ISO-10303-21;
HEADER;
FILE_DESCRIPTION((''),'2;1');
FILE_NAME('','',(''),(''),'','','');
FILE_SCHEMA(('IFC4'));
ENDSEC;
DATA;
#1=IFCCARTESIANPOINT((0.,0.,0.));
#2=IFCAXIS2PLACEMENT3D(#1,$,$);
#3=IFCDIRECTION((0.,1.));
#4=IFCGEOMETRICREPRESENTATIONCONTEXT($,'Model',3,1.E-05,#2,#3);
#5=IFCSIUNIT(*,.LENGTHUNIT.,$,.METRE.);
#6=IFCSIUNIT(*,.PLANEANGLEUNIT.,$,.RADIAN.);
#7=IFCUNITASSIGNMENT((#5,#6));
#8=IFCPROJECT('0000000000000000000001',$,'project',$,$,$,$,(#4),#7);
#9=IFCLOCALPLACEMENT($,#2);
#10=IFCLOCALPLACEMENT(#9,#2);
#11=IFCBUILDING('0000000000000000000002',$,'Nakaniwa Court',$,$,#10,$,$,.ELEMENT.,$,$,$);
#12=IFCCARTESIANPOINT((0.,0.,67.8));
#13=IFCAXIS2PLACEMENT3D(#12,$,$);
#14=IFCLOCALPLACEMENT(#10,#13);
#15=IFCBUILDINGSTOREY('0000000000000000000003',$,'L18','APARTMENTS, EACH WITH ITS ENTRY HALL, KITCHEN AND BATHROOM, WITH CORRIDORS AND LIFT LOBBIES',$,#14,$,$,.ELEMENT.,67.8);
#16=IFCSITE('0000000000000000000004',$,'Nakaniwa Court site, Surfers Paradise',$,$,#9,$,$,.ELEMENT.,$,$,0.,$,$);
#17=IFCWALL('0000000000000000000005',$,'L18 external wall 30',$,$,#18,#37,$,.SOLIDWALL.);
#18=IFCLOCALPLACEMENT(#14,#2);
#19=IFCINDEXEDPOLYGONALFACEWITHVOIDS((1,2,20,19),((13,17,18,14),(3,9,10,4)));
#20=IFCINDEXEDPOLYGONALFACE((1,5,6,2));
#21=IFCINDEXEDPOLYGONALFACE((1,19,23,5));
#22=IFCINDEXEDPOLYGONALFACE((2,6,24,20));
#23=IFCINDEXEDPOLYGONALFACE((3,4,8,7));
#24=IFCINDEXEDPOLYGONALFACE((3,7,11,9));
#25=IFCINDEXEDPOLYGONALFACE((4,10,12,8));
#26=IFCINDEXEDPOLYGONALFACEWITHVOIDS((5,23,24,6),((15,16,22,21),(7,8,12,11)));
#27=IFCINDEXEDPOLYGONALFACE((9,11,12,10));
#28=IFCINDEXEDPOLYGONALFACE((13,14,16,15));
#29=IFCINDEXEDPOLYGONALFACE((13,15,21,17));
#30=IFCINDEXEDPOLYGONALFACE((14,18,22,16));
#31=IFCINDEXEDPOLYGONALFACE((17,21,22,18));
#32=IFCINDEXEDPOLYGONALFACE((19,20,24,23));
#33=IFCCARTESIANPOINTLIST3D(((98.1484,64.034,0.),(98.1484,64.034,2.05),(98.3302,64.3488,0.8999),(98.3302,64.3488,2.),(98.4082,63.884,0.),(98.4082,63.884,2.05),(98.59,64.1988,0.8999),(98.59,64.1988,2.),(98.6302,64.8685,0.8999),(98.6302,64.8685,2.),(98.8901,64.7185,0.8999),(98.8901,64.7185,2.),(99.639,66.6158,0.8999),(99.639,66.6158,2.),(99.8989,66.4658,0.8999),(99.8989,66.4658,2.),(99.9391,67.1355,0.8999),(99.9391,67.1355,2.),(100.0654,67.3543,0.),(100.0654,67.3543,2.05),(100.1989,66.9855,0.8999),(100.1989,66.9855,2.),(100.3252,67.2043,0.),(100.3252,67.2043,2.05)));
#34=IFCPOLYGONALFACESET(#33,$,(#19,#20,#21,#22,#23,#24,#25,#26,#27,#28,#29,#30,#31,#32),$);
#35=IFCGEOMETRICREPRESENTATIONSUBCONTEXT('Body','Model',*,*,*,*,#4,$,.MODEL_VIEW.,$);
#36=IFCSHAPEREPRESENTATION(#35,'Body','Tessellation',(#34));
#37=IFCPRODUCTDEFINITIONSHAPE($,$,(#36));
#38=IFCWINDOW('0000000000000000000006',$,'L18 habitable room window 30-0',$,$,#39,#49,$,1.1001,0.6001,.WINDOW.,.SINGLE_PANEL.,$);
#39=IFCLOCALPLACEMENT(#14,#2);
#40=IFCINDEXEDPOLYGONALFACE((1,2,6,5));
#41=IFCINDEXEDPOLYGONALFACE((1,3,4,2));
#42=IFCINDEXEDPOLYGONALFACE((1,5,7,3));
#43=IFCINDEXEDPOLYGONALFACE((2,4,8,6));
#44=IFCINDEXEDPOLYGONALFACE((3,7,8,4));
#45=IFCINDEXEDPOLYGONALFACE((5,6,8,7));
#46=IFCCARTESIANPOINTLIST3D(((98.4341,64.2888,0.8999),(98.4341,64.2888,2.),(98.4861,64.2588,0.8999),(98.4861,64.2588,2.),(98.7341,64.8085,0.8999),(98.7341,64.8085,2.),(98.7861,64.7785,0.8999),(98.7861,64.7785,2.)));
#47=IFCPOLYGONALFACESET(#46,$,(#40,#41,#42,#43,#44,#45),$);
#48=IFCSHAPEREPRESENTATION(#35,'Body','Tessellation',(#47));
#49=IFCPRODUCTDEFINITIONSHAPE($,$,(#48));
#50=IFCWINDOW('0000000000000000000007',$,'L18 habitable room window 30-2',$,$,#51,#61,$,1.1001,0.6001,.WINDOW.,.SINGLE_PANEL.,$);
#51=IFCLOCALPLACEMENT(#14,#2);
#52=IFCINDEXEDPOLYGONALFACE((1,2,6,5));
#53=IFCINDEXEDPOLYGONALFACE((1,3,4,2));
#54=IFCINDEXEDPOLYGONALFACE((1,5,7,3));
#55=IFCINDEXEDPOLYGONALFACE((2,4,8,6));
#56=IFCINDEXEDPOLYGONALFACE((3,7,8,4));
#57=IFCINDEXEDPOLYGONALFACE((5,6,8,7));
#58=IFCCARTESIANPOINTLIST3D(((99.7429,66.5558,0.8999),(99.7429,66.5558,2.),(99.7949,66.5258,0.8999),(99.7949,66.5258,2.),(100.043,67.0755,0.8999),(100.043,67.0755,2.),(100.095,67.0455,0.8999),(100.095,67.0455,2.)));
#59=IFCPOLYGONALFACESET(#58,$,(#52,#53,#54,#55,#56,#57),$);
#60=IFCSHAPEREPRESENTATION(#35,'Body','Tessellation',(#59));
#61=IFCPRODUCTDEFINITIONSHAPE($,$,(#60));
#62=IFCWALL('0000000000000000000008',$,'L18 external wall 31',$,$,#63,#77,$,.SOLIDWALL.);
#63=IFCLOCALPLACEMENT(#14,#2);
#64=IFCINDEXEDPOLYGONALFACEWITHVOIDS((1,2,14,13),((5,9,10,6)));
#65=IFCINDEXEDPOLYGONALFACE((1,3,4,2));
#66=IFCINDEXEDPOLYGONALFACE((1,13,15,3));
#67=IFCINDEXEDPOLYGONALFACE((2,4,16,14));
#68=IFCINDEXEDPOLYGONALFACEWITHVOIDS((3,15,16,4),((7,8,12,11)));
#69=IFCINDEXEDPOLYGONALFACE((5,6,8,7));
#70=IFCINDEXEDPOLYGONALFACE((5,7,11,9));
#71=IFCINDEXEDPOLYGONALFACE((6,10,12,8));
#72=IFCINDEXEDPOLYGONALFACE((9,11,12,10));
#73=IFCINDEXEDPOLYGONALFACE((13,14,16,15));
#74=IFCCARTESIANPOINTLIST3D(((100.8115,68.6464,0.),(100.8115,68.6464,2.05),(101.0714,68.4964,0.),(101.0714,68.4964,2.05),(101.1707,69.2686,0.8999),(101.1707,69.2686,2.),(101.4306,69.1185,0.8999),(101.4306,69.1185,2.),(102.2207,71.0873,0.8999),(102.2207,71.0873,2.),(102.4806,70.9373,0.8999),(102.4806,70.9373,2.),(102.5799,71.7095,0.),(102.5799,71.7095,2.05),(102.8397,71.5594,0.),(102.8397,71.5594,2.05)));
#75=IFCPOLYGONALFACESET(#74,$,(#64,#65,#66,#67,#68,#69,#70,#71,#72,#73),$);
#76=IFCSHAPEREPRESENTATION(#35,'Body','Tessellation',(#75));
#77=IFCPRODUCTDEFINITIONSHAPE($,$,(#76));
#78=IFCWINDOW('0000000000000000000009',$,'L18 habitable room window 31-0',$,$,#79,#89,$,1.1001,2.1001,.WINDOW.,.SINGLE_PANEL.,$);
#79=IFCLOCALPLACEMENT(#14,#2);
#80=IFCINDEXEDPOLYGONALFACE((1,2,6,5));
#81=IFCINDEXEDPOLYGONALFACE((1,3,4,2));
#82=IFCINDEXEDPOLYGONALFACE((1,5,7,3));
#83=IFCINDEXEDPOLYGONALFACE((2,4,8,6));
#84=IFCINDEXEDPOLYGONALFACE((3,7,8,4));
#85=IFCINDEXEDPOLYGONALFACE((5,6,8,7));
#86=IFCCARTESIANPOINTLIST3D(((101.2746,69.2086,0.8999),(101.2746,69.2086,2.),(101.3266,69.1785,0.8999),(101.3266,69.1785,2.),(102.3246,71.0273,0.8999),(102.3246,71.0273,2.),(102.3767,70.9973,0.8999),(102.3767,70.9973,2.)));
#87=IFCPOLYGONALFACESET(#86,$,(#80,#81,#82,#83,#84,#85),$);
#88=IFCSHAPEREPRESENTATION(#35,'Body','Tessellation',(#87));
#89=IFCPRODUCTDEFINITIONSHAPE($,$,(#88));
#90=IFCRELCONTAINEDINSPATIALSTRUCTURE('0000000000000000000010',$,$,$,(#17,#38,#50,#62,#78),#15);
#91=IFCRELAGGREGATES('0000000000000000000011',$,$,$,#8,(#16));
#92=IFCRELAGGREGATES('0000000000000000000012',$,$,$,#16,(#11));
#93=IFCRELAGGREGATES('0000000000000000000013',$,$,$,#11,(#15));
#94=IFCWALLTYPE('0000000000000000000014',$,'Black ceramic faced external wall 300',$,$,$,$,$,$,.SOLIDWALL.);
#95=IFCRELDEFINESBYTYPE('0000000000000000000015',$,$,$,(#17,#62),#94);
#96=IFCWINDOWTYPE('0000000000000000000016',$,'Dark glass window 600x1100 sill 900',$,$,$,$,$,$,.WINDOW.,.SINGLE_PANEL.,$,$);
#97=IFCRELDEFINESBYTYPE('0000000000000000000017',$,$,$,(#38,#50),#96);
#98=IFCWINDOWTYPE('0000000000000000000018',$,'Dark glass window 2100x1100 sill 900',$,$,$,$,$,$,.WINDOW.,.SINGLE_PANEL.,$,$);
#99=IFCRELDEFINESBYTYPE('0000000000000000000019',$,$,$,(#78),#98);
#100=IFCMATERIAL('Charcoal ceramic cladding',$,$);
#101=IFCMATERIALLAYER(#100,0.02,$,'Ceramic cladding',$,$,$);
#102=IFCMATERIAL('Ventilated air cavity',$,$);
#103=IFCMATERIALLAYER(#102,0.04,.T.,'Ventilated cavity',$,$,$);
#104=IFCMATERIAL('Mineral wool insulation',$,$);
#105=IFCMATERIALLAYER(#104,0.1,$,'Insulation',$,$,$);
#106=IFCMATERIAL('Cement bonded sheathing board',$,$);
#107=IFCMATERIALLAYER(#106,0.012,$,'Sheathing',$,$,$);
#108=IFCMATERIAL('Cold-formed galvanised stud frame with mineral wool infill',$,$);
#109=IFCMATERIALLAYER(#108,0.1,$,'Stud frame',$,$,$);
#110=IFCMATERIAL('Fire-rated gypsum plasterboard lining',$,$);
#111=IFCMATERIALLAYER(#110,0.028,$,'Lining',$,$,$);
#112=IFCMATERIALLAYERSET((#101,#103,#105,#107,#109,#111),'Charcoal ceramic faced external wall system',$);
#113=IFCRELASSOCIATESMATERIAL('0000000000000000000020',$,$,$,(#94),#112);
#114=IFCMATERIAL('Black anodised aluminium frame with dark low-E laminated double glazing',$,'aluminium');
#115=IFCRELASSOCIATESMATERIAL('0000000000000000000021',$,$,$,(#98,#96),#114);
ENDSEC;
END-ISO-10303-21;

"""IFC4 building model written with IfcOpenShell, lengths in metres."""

from ifc_helpers import new_model, si_unit, direction, frame, frame_2d, origin, place, context, subcontext, project, spatial, rectangle, extrude, material, layer, layer_set, type_object, element, fill, save


model = new_model("IFC4")

# Units and contexts
model_context = context("Model", 3, precision=1e-05, world=origin(), true_north=direction((0.0, 1.0)))
body_context = subcontext(model_context, "Body", "Model", "MODEL_VIEW")
ifc_project = project(units=[si_unit("LENGTHUNIT", "METRE"), si_unit("PLANEANGLEUNIT", "RADIAN")], contexts=[model_context])

# Site, building, storey
site_placement = place(None, origin())
site = spatial("IfcSite", under=ifc_project, at=site_placement, Name="Nakaniwa Court site, Surfers Paradise", CompositionType="ELEMENT", RefElevation=0.0)
building_placement = place(site_placement, origin())
building = spatial("IfcBuilding", under=site, at=building_placement, Name="Nakaniwa Court", CompositionType="ELEMENT")
storey_placement = place(building_placement, frame((0.0, 0.0, 67.8)))
storey = spatial("IfcBuildingStorey", under=building, at=storey_placement, Name="L18", Description="APARTMENTS, EACH WITH ITS ENTRY HALL, KITCHEN AND BATHROOM, WITH CORRIDORS AND LIFT LOBBIES", CompositionType="ELEMENT", Elevation=67.8)

# Shared definitions
ifc_material_1 = material(Name="Charcoal ceramic cladding")
ifc_layer_1 = layer(ifc_material_1, 0.02, Name="Ceramic cladding")
ifc_material_2 = material(Name="Ventilated air cavity")
ifc_layer_2 = layer(ifc_material_2, 0.04, ventilated=True, Name="Ventilated cavity")
ifc_material_3 = material(Name="Mineral wool insulation")
ifc_layer_3 = layer(ifc_material_3, 0.1, Name="Insulation")
ifc_material_4 = material(Name="Cement bonded sheathing board")
ifc_layer_4 = layer(ifc_material_4, 0.012, Name="Sheathing")
ifc_material_5 = material(Name="Cold-formed galvanised stud frame with mineral wool infill")
ifc_layer_5 = layer(ifc_material_5, 0.1, Name="Stud frame")
ifc_material_6 = material(Name="Fire-rated gypsum plasterboard lining")
ifc_layer_6 = layer(ifc_material_6, 0.028, Name="Lining")
ifc_layer_set_1 = layer_set([ifc_layer_1, ifc_layer_2, ifc_layer_3, ifc_layer_4, ifc_layer_5, ifc_layer_6], Name="Charcoal ceramic faced external wall system")
wall_type_1 = type_object("IfcWallType", Name="Black ceramic faced external wall 300", PredefinedType="SOLIDWALL", material=ifc_layer_set_1)
ifc_material_7 = material(Name="Black anodised aluminium frame with dark low-E laminated double glazing", Category="aluminium")
window_type_1 = type_object("IfcWindowType", Name="Dark glass window 2100x1100 sill 900", PartitioningType="SINGLE_PANEL", PredefinedType="WINDOW", material=ifc_material_7)

# Wall, openings, windows
wall_1_placement = place(storey_placement, frame((98.2783, 63.959, 0.0), z_axis=(0.0, 0.0, 1.0), x_axis=(0.500002, 0.866024, 0.0)))
wall_1 = element("IfcWall", 1, at=wall_1_placement, inside=storey, type_object=wall_type_1, Name="L18 external wall 30", PredefinedType="SOLIDWALL", context=body_context, shape_type="SweptSolid", body=[
    extrude(rectangle(XDim=3.834, YDim=0.3, at=frame_2d((1.917, 0.0))), origin(), (0.0, 0.0, 1.0), 2.05),
])
opening_1_placement = place(wall_1_placement, frame((0.3635, 0.0, 0.8999)))
opening_1 = element("IfcOpeningElement", 2, at=opening_1_placement, cuts=wall_1, PredefinedType="OPENING", context=body_context, shape_type="SweptSolid", body=[
    extrude(rectangle(XDim=0.6001, YDim=1.1001, at=frame_2d((0.3, 0.55))), frame((0.0, 0.1599, 0.0), z_axis=(0.0, -1.0, 0.0), x_axis=(1.0, 0.0, 0.0)), (0.0, 0.0, 1.0), 0.3201),
])
opening_2_placement = place(wall_1_placement, frame((2.9812, 0.0, 0.8999)))
opening_2 = element("IfcOpeningElement", 3, at=opening_2_placement, cuts=wall_1, PredefinedType="OPENING", context=body_context, shape_type="SweptSolid", body=[
    extrude(rectangle(XDim=0.6001, YDim=1.1001, at=frame_2d((0.3, 0.55))), frame((0.0, 0.1599, 0.0), z_axis=(0.0, -1.0, 0.0), x_axis=(1.0, 0.0, 0.0)), (0.0, 0.0, 1.0), 0.3201),
])
window_type_2 = type_object("IfcWindowType", Name="Dark glass window 600x1100 sill 900", PartitioningType="SINGLE_PANEL", PredefinedType="WINDOW", material=ifc_material_7)
window_1_placement = place(opening_1_placement, origin())
window_1 = element("IfcWindow", 4, at=window_1_placement, inside=storey, type_object=window_type_2, Name="L18 habitable room window 30-0", OverallHeight=1.1001, OverallWidth=0.6001, PartitioningType="SINGLE_PANEL", PredefinedType="WINDOW", context=body_context, shape_type="SweptSolid", body=[
    extrude(rectangle(XDim=0.6001, YDim=1.1001, at=frame_2d((0.3, 0.55))), frame((0.0, 0.03, 0.0), z_axis=(0.0, -1.0, 0.0), x_axis=(1.0, 0.0, 0.0)), (0.0, 0.0, 1.0), 0.0601),
])
fill(opening_1, window_1)
window_2_placement = place(opening_2_placement, origin())
window_2 = element("IfcWindow", 5, at=window_2_placement, inside=storey, type_object=window_type_2, Name="L18 habitable room window 30-2", OverallHeight=1.1001, OverallWidth=0.6001, PartitioningType="SINGLE_PANEL", PredefinedType="WINDOW", context=body_context, shape_type="SweptSolid", body=[
    extrude(rectangle(XDim=0.6001, YDim=1.1001, at=frame_2d((0.3, 0.55))), frame((0.0, 0.03, 0.0), z_axis=(0.0, -1.0, 0.0), x_axis=(1.0, 0.0, 0.0)), (0.0, 0.0, 1.0), 0.0601),
])
fill(opening_2, window_2)

# Wall, opening, window
wall_2_placement = place(storey_placement, frame((100.9414, 68.5713, 0.0), z_axis=(0.0, 0.0, 1.0), x_axis=(0.499977, 0.866038, 0.0)))
wall_2 = element("IfcWall", 6, at=wall_2_placement, inside=storey, type_object=wall_type_1, Name="L18 external wall 31", PredefinedType="SOLIDWALL", context=body_context, shape_type="SweptSolid", body=[
    extrude(rectangle(XDim=3.5369, YDim=0.3, at=frame_2d((1.7686, 0.0))), origin(), (0.0, 0.0, 1.0), 2.05),
])
opening_3_placement = place(wall_2_placement, frame((0.7185, 0.0, 0.8999)))
opening_3 = element("IfcOpeningElement", 7, at=opening_3_placement, cuts=wall_2, PredefinedType="OPENING", context=body_context, shape_type="SweptSolid", body=[
    extrude(rectangle(XDim=2.1001, YDim=1.1001, at=frame_2d((1.05, 0.55))), frame((0.0, 0.1599, 0.0), z_axis=(0.0, -1.0, 0.0), x_axis=(1.0, 0.0, 0.0)), (0.0, 0.0, 1.0), 0.3201),
])
window_3_placement = place(opening_3_placement, origin())
window_3 = element("IfcWindow", 8, at=window_3_placement, inside=storey, type_object=window_type_1, Name="L18 habitable room window 31-0", OverallHeight=1.1001, OverallWidth=2.1001, PartitioningType="SINGLE_PANEL", PredefinedType="WINDOW", context=body_context, shape_type="SweptSolid", body=[
    extrude(rectangle(XDim=2.1001, YDim=1.1001, at=frame_2d((1.05, 0.55))), frame((0.0, 0.03, 0.0), z_axis=(0.0, -1.0, 0.0), x_axis=(1.0, 0.0, 0.0)), (0.0, 0.0, 1.0), 0.0601),
])
fill(opening_3, window_3)

save(model, "model.ifc")
